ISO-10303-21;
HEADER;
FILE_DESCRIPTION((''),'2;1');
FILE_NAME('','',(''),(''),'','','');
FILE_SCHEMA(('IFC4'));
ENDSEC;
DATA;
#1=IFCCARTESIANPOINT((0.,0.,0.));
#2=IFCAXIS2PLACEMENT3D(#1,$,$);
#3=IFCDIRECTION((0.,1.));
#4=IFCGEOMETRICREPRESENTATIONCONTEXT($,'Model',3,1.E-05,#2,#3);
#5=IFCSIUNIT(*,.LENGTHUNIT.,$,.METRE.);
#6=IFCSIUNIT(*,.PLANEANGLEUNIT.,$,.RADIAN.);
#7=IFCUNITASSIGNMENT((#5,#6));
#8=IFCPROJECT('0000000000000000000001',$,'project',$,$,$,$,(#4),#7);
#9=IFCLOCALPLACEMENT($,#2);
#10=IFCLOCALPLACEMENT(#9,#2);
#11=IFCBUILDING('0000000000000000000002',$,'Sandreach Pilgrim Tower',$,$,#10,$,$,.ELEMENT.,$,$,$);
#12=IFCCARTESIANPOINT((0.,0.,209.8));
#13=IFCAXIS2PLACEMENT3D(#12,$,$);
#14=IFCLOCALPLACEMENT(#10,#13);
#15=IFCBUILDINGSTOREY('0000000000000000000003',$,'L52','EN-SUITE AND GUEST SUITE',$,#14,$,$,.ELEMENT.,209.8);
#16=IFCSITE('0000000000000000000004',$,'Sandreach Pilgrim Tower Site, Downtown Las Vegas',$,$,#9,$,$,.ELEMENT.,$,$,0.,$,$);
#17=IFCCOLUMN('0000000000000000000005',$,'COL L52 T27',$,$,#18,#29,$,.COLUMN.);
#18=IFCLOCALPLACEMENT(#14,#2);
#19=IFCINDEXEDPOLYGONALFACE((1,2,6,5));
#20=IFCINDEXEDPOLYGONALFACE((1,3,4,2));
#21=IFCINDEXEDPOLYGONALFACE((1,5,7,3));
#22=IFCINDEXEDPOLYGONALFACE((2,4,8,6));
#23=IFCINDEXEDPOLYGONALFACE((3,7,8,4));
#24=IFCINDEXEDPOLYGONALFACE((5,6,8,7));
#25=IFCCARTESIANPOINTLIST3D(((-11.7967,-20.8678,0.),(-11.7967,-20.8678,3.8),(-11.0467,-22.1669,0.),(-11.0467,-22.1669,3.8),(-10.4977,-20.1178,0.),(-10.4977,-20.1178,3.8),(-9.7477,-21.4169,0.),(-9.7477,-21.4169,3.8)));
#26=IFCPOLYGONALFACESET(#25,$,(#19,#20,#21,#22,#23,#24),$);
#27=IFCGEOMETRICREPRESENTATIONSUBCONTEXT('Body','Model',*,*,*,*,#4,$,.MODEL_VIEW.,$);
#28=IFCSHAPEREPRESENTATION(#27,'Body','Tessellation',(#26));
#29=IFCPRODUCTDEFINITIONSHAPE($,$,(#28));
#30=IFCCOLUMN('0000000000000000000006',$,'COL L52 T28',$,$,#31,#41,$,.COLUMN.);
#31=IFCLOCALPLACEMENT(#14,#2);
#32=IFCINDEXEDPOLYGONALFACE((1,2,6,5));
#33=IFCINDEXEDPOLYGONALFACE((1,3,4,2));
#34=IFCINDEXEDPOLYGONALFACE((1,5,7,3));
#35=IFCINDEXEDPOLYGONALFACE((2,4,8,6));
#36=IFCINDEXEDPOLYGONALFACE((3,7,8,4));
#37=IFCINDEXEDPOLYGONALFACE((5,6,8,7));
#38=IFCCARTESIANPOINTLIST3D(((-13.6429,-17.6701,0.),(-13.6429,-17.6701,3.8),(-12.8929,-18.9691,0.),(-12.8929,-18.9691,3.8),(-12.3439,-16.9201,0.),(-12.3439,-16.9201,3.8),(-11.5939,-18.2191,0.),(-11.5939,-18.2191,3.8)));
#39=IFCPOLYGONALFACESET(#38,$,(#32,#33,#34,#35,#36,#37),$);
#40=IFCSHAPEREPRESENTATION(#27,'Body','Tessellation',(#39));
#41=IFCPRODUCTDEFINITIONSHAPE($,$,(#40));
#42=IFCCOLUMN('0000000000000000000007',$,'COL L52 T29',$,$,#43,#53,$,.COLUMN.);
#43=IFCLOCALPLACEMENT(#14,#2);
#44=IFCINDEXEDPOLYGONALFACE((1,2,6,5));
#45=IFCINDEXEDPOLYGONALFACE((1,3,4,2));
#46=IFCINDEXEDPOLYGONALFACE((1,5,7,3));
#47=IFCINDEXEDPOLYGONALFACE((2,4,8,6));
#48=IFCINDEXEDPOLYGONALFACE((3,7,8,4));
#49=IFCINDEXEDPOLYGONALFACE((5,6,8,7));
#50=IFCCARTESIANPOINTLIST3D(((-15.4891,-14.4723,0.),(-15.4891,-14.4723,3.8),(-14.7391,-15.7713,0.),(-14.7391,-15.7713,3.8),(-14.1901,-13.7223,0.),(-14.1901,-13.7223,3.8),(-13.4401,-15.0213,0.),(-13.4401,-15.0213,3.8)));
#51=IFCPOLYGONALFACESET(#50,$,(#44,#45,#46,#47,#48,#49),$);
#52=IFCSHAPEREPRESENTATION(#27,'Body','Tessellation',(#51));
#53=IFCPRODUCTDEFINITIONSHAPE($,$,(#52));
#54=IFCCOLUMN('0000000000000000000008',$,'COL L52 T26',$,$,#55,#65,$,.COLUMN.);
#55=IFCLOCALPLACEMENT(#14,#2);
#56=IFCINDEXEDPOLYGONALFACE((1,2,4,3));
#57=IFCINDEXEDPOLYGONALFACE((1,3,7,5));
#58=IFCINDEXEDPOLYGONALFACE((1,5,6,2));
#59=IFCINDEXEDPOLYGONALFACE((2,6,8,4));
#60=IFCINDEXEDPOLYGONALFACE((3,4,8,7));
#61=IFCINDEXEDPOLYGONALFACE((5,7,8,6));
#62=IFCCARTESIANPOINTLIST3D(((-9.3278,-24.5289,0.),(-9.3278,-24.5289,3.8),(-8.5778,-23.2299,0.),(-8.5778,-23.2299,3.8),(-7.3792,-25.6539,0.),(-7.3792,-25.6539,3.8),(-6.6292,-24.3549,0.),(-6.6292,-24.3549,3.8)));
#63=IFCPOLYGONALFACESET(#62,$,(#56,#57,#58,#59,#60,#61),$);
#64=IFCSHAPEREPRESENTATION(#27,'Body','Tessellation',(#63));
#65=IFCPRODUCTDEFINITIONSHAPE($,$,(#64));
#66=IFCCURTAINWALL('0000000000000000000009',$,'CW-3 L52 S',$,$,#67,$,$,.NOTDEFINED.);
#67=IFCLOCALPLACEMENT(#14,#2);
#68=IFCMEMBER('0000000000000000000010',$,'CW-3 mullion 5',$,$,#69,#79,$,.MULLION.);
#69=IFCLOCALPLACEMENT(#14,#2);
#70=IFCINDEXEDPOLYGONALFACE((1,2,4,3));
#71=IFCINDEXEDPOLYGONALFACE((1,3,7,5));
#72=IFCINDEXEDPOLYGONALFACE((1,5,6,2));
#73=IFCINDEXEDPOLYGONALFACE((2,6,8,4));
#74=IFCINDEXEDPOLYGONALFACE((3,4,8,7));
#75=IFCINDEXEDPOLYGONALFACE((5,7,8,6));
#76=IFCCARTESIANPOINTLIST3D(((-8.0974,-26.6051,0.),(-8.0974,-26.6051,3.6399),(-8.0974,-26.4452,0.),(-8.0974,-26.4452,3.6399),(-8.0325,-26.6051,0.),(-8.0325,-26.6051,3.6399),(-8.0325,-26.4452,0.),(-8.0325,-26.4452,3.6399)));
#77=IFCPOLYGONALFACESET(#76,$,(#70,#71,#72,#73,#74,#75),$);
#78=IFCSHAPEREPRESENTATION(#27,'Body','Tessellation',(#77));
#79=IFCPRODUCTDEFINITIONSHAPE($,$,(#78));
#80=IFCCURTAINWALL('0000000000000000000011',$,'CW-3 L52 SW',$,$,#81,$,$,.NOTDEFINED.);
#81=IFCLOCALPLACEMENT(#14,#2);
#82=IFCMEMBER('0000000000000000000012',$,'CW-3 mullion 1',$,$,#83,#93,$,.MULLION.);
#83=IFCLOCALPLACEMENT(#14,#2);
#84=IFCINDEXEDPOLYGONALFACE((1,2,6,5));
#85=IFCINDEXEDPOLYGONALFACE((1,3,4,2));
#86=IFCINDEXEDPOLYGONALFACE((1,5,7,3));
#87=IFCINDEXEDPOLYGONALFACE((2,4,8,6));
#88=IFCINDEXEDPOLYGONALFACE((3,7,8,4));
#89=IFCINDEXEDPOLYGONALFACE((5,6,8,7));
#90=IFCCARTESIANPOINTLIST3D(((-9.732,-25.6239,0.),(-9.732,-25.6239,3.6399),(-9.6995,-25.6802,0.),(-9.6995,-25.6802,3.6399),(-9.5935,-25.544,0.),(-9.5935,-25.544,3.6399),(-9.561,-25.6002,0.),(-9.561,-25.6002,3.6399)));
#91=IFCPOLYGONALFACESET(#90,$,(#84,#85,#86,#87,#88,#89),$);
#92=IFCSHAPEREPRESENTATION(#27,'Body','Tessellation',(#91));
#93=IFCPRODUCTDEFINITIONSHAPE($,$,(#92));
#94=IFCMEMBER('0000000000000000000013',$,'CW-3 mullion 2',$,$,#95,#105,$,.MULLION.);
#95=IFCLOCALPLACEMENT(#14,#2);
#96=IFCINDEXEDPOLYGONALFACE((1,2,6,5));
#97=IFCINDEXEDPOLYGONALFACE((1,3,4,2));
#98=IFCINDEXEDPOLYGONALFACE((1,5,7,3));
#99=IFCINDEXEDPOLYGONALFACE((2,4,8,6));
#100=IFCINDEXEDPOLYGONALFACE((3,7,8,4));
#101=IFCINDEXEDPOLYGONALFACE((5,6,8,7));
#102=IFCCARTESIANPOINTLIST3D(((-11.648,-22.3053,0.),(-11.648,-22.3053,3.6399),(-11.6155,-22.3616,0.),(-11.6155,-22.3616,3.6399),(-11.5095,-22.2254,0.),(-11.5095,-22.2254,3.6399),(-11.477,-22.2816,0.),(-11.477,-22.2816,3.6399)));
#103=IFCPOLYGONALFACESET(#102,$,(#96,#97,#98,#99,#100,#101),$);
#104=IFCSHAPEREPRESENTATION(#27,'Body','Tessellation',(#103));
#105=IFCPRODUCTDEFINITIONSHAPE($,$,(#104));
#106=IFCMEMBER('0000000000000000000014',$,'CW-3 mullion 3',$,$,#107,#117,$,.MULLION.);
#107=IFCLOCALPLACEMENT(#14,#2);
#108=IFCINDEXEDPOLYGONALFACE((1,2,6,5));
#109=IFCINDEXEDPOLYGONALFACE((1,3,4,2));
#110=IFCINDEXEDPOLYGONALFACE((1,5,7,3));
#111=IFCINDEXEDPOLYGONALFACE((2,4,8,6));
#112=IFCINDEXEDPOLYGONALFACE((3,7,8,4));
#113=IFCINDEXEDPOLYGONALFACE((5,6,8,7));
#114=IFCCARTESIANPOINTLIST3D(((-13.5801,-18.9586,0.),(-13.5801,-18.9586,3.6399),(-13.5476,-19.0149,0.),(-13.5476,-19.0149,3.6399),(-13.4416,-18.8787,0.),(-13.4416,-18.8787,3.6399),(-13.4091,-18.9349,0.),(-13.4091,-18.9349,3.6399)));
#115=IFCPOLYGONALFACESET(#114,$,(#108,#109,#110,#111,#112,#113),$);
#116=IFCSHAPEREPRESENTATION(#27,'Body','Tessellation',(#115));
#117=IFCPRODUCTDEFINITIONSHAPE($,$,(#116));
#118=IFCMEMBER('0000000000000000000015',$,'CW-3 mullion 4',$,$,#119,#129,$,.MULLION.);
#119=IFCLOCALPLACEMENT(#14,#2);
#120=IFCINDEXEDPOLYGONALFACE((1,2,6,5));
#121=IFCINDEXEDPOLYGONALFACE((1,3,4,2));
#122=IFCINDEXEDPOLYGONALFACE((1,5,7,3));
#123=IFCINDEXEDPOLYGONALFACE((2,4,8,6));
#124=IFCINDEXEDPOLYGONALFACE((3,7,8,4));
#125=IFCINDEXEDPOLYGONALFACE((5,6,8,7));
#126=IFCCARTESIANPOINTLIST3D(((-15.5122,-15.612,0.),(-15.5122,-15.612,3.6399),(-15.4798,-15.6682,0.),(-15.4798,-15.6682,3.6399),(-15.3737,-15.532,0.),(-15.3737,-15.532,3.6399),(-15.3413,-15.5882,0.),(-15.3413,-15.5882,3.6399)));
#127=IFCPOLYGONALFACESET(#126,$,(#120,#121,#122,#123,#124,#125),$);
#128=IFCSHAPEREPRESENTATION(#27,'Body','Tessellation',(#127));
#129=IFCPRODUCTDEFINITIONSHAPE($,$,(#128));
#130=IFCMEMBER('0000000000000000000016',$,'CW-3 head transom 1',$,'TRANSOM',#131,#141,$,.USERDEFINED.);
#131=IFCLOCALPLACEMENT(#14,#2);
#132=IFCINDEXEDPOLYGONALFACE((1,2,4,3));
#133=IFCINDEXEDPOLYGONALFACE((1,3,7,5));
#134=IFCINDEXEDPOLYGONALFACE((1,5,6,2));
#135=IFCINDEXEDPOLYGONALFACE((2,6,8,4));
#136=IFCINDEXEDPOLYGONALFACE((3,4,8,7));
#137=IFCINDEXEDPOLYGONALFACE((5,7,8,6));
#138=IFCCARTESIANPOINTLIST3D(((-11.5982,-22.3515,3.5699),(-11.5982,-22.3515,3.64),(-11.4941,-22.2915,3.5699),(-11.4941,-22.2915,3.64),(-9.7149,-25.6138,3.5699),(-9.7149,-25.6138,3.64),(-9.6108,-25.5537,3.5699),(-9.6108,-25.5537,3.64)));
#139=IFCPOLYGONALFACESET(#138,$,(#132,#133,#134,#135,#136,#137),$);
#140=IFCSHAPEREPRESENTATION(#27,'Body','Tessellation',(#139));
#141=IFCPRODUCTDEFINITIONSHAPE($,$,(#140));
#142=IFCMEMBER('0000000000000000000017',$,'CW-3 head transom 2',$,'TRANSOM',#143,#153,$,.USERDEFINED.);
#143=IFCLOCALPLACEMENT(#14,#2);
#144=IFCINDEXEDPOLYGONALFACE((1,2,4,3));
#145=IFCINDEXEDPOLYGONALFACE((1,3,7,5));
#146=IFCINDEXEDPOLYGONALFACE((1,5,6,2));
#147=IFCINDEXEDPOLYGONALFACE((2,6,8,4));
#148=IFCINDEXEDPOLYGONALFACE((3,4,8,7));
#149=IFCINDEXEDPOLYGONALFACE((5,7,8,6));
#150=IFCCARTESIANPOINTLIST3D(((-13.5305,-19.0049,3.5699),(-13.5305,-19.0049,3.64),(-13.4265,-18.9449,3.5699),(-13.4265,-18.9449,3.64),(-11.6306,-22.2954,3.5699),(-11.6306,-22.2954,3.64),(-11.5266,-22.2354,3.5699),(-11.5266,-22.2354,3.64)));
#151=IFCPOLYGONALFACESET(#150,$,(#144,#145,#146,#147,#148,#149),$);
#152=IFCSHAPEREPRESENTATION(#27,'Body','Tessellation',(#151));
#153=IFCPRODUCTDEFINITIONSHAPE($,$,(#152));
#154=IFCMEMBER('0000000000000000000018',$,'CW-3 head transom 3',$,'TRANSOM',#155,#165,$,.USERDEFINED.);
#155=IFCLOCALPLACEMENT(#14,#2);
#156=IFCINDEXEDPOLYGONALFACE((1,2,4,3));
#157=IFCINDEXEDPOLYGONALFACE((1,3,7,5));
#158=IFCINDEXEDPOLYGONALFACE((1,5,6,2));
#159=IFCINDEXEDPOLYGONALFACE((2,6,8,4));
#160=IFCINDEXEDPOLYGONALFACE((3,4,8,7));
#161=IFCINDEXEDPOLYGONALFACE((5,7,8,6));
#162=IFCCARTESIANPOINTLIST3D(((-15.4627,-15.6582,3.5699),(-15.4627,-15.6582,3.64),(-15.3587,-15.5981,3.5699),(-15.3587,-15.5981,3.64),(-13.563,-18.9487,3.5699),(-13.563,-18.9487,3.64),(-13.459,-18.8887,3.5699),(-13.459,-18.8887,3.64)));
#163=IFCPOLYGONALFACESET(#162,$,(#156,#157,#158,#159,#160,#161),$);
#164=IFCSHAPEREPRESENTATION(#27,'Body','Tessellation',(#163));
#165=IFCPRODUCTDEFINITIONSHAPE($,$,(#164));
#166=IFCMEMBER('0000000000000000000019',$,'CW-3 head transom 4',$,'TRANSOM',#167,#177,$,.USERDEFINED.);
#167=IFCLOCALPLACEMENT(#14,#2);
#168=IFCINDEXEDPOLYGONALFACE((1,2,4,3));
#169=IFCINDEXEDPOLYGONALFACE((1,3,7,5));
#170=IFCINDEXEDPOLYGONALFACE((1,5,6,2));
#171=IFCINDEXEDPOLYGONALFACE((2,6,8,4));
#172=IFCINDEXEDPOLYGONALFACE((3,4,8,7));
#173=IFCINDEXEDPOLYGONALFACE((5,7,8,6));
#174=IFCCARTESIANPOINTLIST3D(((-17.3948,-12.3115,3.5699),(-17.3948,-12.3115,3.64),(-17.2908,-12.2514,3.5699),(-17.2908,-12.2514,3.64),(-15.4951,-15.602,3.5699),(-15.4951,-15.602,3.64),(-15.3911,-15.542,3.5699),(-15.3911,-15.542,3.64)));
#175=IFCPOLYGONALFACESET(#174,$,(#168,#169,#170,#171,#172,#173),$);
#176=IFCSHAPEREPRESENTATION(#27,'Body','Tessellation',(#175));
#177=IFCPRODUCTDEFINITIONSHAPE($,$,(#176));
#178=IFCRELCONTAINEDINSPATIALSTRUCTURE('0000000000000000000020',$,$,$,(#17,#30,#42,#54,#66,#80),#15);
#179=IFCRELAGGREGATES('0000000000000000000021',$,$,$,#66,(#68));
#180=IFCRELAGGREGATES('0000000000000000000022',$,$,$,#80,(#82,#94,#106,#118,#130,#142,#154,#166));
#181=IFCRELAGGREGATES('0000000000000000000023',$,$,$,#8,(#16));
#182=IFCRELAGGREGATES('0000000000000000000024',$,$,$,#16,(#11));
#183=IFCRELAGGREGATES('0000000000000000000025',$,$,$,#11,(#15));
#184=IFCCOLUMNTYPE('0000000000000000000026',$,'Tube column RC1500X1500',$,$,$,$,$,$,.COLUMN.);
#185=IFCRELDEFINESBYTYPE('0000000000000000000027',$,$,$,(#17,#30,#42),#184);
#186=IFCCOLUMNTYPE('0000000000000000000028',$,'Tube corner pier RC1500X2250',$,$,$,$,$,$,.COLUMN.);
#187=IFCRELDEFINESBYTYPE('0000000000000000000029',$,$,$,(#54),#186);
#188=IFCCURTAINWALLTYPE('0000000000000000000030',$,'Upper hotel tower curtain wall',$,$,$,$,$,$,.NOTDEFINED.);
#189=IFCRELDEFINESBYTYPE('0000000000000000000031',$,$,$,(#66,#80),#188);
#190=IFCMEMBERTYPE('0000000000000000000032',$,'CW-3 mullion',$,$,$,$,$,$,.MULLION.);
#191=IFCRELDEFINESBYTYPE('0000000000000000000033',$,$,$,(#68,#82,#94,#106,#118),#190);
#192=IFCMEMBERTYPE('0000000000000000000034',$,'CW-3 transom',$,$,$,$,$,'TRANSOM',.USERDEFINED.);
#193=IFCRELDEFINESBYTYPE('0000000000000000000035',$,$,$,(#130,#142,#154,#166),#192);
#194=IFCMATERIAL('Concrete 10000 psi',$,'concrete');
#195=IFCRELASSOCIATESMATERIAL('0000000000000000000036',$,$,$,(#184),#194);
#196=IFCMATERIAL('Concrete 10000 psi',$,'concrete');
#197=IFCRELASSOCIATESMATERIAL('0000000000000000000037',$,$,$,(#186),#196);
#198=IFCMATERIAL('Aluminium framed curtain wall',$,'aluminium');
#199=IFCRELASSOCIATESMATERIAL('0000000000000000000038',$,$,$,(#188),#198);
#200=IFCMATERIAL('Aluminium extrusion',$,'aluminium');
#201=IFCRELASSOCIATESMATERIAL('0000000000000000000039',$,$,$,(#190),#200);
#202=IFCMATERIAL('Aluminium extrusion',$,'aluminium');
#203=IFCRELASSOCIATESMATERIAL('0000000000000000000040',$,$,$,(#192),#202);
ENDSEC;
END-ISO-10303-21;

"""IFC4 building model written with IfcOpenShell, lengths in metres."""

from ifc_helpers import new_model, si_unit, direction, frame, origin, origin_2d, place, context, subcontext, project, spatial, rectangle, extrude, material, material_profile, profile_set, type_object, element, aggregate, save


model = new_model("IFC4")

# Units and contexts
model_context = context("Model", 3, precision=1e-05, world=origin(), true_north=direction((0.0, 1.0)))
body_context = subcontext(model_context, "Body", "Model", "MODEL_VIEW")
ifc_project = project(units=[si_unit("LENGTHUNIT", "METRE"), si_unit("PLANEANGLEUNIT", "RADIAN")], contexts=[model_context])

# Site, building, storey
site_placement = place(None, origin())
site = spatial("IfcSite", under=ifc_project, at=site_placement, Name="Sandreach Pilgrim Tower Site, Downtown Las Vegas", CompositionType="ELEMENT", RefElevation=0.0)
building_placement = place(site_placement, origin())
building = spatial("IfcBuilding", under=site, at=building_placement, Name="Sandreach Pilgrim Tower", CompositionType="ELEMENT")
storey_placement = place(building_placement, frame((0.0, 0.0, 209.8)))
storey = spatial("IfcBuildingStorey", under=building, at=storey_placement, Name="L52", Description="EN-SUITE AND GUEST SUITE", CompositionType="ELEMENT", Elevation=209.8)

# Columns
ifc_material_1 = material(Name="Concrete 10000 psi", Category="concrete")
ifc_material_profile_1 = material_profile(ifc_material_1, rectangle(XDim=1.5, YDim=1.5, at=origin_2d()), Name="RC1500X1500")
ifc_profile_set_1 = profile_set([ifc_material_profile_1], Name="Concrete 10000 psi")
column_type_1 = type_object("IfcColumnType", Name="Tube column RC1500X1500", PredefinedType="COLUMN", material=ifc_profile_set_1)
for number, where, z_axis, x_axis, name in (
    (1, (-10.7722, -21.1423, 0.0), (0.0, 0.0, 1.0), (-0.866025, -0.5, 0.0), "COL L52 T27"),
    (2, (-12.6184, -17.9446, 0.0), (0.0, 0.0, 1.0), (-0.866025, -0.5, 0.0), "COL L52 T28"),
    (3, (-14.4646, -14.7468, 0.0), (0.0, 0.0, 1.0), (-0.866025, -0.5, 0.0), "COL L52 T29"),
):
    element("IfcColumn", number, at=place(storey_placement, frame(where, z_axis=z_axis, x_axis=x_axis)), inside=storey, type_object=column_type_1, Name=name, PredefinedType="COLUMN", context=body_context, shape_type="SweptSolid", body=[
        extrude(rectangle(XDim=1.5, YDim=1.5, at=origin_2d()), origin(), (0.0, 0.0, 1.0), 3.8),
    ])
ifc_material_2 = material(Name="Concrete 10000 psi", Category="concrete")
ifc_material_profile_2 = material_profile(ifc_material_2, rectangle(XDim=1.5, YDim=2.25, at=origin_2d()), Name="RC1500X2250")
ifc_profile_set_2 = profile_set([ifc_material_profile_2], Name="Concrete 10000 psi")
column_type_2 = type_object("IfcColumnType", Name="Tube corner pier RC1500X2250", PredefinedType="COLUMN", material=ifc_profile_set_2)
column_placement = place(storey_placement, frame((-7.9785, -24.4419, 0.0), z_axis=(0.0, 0.0, 1.0), x_axis=(-0.5, -0.866025, 0.0)))
element("IfcColumn", 4, at=column_placement, inside=storey, type_object=column_type_2, Name="COL L52 T26", PredefinedType="COLUMN", context=body_context, shape_type="SweptSolid", body=[
    extrude(rectangle(XDim=1.5, YDim=2.25, at=origin_2d()), origin(), (0.0, 0.0, 1.0), 3.8),
])

# Curtain wall, member
ifc_material_3 = material(Name="Aluminium framed curtain wall", Category="aluminium")
curtain_wall_type = type_object("IfcCurtainWallType", Name="Upper hotel tower curtain wall", PredefinedType="NOTDEFINED", material=ifc_material_3)
curtain_wall_1_placement = place(storey_placement, origin())
curtain_wall_1 = element("IfcCurtainWall", 5, at=curtain_wall_1_placement, inside=storey, type_object=curtain_wall_type, Name="CW-3 L52 S", PredefinedType="NOTDEFINED")
ifc_material_4 = material(Name="Aluminium extrusion", Category="aluminium")
ifc_material_profile_3 = material_profile(ifc_material_4, rectangle(XDim=0.0649, YDim=0.1599, at=origin_2d()), Name="CW-3M 65X160")
ifc_profile_set_3 = profile_set([ifc_material_profile_3], Name="Aluminium extrusion")
member_type_1 = type_object("IfcMemberType", Name="CW-3 mullion", PredefinedType="MULLION", material=ifc_profile_set_3)
member_1_placement = place(storey_placement, frame((-8.0649, -26.5251, 0.0), z_axis=(0.0, 0.0, 1.0), x_axis=(-1.0, 0.0, 0.0)))
member_1 = element("IfcMember", 6, at=member_1_placement, type_object=member_type_1, Name="CW-3 mullion 5", PredefinedType="MULLION", context=body_context, shape_type="SweptSolid", body=[
    extrude(rectangle(XDim=0.0649, YDim=0.1599, at=origin_2d()), origin(), (0.0, 0.0, 1.0), 3.6399),
])
aggregate(curtain_wall_1, [member_1])

# Curtain wall, members
curtain_wall_2_placement = place(storey_placement, origin())
curtain_wall_2 = element("IfcCurtainWall", 7, at=curtain_wall_2_placement, inside=storey, type_object=curtain_wall_type, Name="CW-3 L52 SW", PredefinedType="NOTDEFINED")
member_2_placement = place(storey_placement, frame((-9.6465, -25.6121, 0.0), z_axis=(0.0, 0.0, 1.0), x_axis=(-0.5, 0.866025, 0.0)))
member_2 = element("IfcMember", 8, at=member_2_placement, type_object=member_type_1, Name="CW-3 mullion 1", PredefinedType="MULLION", context=body_context, shape_type="SweptSolid", body=[
    extrude(rectangle(XDim=0.0649, YDim=0.1599, at=origin_2d()), origin(), (0.0, 0.0, 1.0), 3.6399),
])
member_3_placement = place(storey_placement, frame((-11.5625, -22.2935, 0.0), z_axis=(0.0, 0.0, 1.0), x_axis=(-0.5, 0.866025, 0.0)))
member_3 = element("IfcMember", 9, at=member_3_placement, type_object=member_type_1, Name="CW-3 mullion 2", PredefinedType="MULLION", context=body_context, shape_type="SweptSolid", body=[
    extrude(rectangle(XDim=0.0649, YDim=0.1599, at=origin_2d()), origin(), (0.0, 0.0, 1.0), 3.6399),
])
member_4_placement = place(storey_placement, frame((-13.4946, -18.9468, 0.0), z_axis=(0.0, 0.0, 1.0), x_axis=(-0.5, 0.866025, 0.0)))
member_4 = element("IfcMember", 10, at=member_4_placement, type_object=member_type_1, Name="CW-3 mullion 3", PredefinedType="MULLION", context=body_context, shape_type="SweptSolid", body=[
    extrude(rectangle(XDim=0.0649, YDim=0.1599, at=origin_2d()), origin(), (0.0, 0.0, 1.0), 3.6399),
])
member_5_placement = place(storey_placement, frame((-15.4268, -15.6001, 0.0), z_axis=(0.0, 0.0, 1.0), x_axis=(-0.5, 0.866025, 0.0)))
member_5 = element("IfcMember", 11, at=member_5_placement, type_object=member_type_1, Name="CW-3 mullion 4", PredefinedType="MULLION", context=body_context, shape_type="SweptSolid", body=[
    extrude(rectangle(XDim=0.0649, YDim=0.1599, at=origin_2d()), origin(), (0.0, 0.0, 1.0), 3.6399),
])
ifc_material_5 = material(Name="Aluminium extrusion", Category="aluminium")
ifc_material_profile_4 = material_profile(ifc_material_5, rectangle(XDim=0.1201, YDim=0.0701, at=origin_2d()), Name="CW-3T 120X70")
ifc_profile_set_4 = profile_set([ifc_material_profile_4], Name="Aluminium extrusion")
member_type_2 = type_object("IfcMemberType", Name="CW-3 transom", ElementType="TRANSOM", PredefinedType="USERDEFINED", material=ifc_profile_set_4)
member_6_placement = place(storey_placement, frame((-9.6628, -25.5837, 3.605), z_axis=(-0.499973, 0.866041, 0.0), x_axis=(-0.866041, -0.499973, 0.0)))
member_6 = element("IfcMember", 12, at=member_6_placement, type_object=member_type_2, Name="CW-3 head transom 1", ObjectType="TRANSOM", PredefinedType="USERDEFINED", context=body_context, shape_type="SweptSolid", body=[
    extrude(rectangle(XDim=0.1201, YDim=0.0701, at=origin_2d()), origin(), (0.0, 0.0, 1.0), 3.7668),
])
member_7_placement = place(storey_placement, frame((-11.5786, -22.2654, 3.605), z_axis=(-0.500023, 0.866012, 0.0), x_axis=(-0.866012, -0.500023, 0.0)))
member_7 = element("IfcMember", 13, at=member_7_placement, type_object=member_type_2, Name="CW-3 head transom 2", ObjectType="TRANSOM", PredefinedType="USERDEFINED", context=body_context, shape_type="SweptSolid", body=[
    extrude(rectangle(XDim=0.1201, YDim=0.0701, at=origin_2d()), origin(), (0.0, 0.0, 1.0), 3.7996),
])
member_8_placement = place(storey_placement, frame((-13.511, -18.9187, 3.605), z_axis=(-0.499975, 0.86604, 0.0), x_axis=(-0.86604, -0.499975, 0.0)))
member_8 = element("IfcMember", 14, at=member_8_placement, type_object=member_type_2, Name="CW-3 head transom 3", ObjectType="TRANSOM", PredefinedType="USERDEFINED", context=body_context, shape_type="SweptSolid", body=[
    extrude(rectangle(XDim=0.1201, YDim=0.0701, at=origin_2d()), origin(), (0.0, 0.0, 1.0), 3.7996),
])
member_9_placement = place(storey_placement, frame((-15.4431, -15.572, 3.605), z_axis=(-0.499975, 0.86604, 0.0), x_axis=(-0.86604, -0.499975, 0.0)))
member_9 = element("IfcMember", 15, at=member_9_placement, type_object=member_type_2, Name="CW-3 head transom 4", ObjectType="TRANSOM", PredefinedType="USERDEFINED", context=body_context, shape_type="SweptSolid", body=[
    extrude(rectangle(XDim=0.1201, YDim=0.0701, at=origin_2d()), origin(), (0.0, 0.0, 1.0), 3.7996),
])

aggregate(curtain_wall_2, [member_2, member_3, member_4, member_5, member_6, member_7, member_8, member_9])

save(model, "model.ifc")
